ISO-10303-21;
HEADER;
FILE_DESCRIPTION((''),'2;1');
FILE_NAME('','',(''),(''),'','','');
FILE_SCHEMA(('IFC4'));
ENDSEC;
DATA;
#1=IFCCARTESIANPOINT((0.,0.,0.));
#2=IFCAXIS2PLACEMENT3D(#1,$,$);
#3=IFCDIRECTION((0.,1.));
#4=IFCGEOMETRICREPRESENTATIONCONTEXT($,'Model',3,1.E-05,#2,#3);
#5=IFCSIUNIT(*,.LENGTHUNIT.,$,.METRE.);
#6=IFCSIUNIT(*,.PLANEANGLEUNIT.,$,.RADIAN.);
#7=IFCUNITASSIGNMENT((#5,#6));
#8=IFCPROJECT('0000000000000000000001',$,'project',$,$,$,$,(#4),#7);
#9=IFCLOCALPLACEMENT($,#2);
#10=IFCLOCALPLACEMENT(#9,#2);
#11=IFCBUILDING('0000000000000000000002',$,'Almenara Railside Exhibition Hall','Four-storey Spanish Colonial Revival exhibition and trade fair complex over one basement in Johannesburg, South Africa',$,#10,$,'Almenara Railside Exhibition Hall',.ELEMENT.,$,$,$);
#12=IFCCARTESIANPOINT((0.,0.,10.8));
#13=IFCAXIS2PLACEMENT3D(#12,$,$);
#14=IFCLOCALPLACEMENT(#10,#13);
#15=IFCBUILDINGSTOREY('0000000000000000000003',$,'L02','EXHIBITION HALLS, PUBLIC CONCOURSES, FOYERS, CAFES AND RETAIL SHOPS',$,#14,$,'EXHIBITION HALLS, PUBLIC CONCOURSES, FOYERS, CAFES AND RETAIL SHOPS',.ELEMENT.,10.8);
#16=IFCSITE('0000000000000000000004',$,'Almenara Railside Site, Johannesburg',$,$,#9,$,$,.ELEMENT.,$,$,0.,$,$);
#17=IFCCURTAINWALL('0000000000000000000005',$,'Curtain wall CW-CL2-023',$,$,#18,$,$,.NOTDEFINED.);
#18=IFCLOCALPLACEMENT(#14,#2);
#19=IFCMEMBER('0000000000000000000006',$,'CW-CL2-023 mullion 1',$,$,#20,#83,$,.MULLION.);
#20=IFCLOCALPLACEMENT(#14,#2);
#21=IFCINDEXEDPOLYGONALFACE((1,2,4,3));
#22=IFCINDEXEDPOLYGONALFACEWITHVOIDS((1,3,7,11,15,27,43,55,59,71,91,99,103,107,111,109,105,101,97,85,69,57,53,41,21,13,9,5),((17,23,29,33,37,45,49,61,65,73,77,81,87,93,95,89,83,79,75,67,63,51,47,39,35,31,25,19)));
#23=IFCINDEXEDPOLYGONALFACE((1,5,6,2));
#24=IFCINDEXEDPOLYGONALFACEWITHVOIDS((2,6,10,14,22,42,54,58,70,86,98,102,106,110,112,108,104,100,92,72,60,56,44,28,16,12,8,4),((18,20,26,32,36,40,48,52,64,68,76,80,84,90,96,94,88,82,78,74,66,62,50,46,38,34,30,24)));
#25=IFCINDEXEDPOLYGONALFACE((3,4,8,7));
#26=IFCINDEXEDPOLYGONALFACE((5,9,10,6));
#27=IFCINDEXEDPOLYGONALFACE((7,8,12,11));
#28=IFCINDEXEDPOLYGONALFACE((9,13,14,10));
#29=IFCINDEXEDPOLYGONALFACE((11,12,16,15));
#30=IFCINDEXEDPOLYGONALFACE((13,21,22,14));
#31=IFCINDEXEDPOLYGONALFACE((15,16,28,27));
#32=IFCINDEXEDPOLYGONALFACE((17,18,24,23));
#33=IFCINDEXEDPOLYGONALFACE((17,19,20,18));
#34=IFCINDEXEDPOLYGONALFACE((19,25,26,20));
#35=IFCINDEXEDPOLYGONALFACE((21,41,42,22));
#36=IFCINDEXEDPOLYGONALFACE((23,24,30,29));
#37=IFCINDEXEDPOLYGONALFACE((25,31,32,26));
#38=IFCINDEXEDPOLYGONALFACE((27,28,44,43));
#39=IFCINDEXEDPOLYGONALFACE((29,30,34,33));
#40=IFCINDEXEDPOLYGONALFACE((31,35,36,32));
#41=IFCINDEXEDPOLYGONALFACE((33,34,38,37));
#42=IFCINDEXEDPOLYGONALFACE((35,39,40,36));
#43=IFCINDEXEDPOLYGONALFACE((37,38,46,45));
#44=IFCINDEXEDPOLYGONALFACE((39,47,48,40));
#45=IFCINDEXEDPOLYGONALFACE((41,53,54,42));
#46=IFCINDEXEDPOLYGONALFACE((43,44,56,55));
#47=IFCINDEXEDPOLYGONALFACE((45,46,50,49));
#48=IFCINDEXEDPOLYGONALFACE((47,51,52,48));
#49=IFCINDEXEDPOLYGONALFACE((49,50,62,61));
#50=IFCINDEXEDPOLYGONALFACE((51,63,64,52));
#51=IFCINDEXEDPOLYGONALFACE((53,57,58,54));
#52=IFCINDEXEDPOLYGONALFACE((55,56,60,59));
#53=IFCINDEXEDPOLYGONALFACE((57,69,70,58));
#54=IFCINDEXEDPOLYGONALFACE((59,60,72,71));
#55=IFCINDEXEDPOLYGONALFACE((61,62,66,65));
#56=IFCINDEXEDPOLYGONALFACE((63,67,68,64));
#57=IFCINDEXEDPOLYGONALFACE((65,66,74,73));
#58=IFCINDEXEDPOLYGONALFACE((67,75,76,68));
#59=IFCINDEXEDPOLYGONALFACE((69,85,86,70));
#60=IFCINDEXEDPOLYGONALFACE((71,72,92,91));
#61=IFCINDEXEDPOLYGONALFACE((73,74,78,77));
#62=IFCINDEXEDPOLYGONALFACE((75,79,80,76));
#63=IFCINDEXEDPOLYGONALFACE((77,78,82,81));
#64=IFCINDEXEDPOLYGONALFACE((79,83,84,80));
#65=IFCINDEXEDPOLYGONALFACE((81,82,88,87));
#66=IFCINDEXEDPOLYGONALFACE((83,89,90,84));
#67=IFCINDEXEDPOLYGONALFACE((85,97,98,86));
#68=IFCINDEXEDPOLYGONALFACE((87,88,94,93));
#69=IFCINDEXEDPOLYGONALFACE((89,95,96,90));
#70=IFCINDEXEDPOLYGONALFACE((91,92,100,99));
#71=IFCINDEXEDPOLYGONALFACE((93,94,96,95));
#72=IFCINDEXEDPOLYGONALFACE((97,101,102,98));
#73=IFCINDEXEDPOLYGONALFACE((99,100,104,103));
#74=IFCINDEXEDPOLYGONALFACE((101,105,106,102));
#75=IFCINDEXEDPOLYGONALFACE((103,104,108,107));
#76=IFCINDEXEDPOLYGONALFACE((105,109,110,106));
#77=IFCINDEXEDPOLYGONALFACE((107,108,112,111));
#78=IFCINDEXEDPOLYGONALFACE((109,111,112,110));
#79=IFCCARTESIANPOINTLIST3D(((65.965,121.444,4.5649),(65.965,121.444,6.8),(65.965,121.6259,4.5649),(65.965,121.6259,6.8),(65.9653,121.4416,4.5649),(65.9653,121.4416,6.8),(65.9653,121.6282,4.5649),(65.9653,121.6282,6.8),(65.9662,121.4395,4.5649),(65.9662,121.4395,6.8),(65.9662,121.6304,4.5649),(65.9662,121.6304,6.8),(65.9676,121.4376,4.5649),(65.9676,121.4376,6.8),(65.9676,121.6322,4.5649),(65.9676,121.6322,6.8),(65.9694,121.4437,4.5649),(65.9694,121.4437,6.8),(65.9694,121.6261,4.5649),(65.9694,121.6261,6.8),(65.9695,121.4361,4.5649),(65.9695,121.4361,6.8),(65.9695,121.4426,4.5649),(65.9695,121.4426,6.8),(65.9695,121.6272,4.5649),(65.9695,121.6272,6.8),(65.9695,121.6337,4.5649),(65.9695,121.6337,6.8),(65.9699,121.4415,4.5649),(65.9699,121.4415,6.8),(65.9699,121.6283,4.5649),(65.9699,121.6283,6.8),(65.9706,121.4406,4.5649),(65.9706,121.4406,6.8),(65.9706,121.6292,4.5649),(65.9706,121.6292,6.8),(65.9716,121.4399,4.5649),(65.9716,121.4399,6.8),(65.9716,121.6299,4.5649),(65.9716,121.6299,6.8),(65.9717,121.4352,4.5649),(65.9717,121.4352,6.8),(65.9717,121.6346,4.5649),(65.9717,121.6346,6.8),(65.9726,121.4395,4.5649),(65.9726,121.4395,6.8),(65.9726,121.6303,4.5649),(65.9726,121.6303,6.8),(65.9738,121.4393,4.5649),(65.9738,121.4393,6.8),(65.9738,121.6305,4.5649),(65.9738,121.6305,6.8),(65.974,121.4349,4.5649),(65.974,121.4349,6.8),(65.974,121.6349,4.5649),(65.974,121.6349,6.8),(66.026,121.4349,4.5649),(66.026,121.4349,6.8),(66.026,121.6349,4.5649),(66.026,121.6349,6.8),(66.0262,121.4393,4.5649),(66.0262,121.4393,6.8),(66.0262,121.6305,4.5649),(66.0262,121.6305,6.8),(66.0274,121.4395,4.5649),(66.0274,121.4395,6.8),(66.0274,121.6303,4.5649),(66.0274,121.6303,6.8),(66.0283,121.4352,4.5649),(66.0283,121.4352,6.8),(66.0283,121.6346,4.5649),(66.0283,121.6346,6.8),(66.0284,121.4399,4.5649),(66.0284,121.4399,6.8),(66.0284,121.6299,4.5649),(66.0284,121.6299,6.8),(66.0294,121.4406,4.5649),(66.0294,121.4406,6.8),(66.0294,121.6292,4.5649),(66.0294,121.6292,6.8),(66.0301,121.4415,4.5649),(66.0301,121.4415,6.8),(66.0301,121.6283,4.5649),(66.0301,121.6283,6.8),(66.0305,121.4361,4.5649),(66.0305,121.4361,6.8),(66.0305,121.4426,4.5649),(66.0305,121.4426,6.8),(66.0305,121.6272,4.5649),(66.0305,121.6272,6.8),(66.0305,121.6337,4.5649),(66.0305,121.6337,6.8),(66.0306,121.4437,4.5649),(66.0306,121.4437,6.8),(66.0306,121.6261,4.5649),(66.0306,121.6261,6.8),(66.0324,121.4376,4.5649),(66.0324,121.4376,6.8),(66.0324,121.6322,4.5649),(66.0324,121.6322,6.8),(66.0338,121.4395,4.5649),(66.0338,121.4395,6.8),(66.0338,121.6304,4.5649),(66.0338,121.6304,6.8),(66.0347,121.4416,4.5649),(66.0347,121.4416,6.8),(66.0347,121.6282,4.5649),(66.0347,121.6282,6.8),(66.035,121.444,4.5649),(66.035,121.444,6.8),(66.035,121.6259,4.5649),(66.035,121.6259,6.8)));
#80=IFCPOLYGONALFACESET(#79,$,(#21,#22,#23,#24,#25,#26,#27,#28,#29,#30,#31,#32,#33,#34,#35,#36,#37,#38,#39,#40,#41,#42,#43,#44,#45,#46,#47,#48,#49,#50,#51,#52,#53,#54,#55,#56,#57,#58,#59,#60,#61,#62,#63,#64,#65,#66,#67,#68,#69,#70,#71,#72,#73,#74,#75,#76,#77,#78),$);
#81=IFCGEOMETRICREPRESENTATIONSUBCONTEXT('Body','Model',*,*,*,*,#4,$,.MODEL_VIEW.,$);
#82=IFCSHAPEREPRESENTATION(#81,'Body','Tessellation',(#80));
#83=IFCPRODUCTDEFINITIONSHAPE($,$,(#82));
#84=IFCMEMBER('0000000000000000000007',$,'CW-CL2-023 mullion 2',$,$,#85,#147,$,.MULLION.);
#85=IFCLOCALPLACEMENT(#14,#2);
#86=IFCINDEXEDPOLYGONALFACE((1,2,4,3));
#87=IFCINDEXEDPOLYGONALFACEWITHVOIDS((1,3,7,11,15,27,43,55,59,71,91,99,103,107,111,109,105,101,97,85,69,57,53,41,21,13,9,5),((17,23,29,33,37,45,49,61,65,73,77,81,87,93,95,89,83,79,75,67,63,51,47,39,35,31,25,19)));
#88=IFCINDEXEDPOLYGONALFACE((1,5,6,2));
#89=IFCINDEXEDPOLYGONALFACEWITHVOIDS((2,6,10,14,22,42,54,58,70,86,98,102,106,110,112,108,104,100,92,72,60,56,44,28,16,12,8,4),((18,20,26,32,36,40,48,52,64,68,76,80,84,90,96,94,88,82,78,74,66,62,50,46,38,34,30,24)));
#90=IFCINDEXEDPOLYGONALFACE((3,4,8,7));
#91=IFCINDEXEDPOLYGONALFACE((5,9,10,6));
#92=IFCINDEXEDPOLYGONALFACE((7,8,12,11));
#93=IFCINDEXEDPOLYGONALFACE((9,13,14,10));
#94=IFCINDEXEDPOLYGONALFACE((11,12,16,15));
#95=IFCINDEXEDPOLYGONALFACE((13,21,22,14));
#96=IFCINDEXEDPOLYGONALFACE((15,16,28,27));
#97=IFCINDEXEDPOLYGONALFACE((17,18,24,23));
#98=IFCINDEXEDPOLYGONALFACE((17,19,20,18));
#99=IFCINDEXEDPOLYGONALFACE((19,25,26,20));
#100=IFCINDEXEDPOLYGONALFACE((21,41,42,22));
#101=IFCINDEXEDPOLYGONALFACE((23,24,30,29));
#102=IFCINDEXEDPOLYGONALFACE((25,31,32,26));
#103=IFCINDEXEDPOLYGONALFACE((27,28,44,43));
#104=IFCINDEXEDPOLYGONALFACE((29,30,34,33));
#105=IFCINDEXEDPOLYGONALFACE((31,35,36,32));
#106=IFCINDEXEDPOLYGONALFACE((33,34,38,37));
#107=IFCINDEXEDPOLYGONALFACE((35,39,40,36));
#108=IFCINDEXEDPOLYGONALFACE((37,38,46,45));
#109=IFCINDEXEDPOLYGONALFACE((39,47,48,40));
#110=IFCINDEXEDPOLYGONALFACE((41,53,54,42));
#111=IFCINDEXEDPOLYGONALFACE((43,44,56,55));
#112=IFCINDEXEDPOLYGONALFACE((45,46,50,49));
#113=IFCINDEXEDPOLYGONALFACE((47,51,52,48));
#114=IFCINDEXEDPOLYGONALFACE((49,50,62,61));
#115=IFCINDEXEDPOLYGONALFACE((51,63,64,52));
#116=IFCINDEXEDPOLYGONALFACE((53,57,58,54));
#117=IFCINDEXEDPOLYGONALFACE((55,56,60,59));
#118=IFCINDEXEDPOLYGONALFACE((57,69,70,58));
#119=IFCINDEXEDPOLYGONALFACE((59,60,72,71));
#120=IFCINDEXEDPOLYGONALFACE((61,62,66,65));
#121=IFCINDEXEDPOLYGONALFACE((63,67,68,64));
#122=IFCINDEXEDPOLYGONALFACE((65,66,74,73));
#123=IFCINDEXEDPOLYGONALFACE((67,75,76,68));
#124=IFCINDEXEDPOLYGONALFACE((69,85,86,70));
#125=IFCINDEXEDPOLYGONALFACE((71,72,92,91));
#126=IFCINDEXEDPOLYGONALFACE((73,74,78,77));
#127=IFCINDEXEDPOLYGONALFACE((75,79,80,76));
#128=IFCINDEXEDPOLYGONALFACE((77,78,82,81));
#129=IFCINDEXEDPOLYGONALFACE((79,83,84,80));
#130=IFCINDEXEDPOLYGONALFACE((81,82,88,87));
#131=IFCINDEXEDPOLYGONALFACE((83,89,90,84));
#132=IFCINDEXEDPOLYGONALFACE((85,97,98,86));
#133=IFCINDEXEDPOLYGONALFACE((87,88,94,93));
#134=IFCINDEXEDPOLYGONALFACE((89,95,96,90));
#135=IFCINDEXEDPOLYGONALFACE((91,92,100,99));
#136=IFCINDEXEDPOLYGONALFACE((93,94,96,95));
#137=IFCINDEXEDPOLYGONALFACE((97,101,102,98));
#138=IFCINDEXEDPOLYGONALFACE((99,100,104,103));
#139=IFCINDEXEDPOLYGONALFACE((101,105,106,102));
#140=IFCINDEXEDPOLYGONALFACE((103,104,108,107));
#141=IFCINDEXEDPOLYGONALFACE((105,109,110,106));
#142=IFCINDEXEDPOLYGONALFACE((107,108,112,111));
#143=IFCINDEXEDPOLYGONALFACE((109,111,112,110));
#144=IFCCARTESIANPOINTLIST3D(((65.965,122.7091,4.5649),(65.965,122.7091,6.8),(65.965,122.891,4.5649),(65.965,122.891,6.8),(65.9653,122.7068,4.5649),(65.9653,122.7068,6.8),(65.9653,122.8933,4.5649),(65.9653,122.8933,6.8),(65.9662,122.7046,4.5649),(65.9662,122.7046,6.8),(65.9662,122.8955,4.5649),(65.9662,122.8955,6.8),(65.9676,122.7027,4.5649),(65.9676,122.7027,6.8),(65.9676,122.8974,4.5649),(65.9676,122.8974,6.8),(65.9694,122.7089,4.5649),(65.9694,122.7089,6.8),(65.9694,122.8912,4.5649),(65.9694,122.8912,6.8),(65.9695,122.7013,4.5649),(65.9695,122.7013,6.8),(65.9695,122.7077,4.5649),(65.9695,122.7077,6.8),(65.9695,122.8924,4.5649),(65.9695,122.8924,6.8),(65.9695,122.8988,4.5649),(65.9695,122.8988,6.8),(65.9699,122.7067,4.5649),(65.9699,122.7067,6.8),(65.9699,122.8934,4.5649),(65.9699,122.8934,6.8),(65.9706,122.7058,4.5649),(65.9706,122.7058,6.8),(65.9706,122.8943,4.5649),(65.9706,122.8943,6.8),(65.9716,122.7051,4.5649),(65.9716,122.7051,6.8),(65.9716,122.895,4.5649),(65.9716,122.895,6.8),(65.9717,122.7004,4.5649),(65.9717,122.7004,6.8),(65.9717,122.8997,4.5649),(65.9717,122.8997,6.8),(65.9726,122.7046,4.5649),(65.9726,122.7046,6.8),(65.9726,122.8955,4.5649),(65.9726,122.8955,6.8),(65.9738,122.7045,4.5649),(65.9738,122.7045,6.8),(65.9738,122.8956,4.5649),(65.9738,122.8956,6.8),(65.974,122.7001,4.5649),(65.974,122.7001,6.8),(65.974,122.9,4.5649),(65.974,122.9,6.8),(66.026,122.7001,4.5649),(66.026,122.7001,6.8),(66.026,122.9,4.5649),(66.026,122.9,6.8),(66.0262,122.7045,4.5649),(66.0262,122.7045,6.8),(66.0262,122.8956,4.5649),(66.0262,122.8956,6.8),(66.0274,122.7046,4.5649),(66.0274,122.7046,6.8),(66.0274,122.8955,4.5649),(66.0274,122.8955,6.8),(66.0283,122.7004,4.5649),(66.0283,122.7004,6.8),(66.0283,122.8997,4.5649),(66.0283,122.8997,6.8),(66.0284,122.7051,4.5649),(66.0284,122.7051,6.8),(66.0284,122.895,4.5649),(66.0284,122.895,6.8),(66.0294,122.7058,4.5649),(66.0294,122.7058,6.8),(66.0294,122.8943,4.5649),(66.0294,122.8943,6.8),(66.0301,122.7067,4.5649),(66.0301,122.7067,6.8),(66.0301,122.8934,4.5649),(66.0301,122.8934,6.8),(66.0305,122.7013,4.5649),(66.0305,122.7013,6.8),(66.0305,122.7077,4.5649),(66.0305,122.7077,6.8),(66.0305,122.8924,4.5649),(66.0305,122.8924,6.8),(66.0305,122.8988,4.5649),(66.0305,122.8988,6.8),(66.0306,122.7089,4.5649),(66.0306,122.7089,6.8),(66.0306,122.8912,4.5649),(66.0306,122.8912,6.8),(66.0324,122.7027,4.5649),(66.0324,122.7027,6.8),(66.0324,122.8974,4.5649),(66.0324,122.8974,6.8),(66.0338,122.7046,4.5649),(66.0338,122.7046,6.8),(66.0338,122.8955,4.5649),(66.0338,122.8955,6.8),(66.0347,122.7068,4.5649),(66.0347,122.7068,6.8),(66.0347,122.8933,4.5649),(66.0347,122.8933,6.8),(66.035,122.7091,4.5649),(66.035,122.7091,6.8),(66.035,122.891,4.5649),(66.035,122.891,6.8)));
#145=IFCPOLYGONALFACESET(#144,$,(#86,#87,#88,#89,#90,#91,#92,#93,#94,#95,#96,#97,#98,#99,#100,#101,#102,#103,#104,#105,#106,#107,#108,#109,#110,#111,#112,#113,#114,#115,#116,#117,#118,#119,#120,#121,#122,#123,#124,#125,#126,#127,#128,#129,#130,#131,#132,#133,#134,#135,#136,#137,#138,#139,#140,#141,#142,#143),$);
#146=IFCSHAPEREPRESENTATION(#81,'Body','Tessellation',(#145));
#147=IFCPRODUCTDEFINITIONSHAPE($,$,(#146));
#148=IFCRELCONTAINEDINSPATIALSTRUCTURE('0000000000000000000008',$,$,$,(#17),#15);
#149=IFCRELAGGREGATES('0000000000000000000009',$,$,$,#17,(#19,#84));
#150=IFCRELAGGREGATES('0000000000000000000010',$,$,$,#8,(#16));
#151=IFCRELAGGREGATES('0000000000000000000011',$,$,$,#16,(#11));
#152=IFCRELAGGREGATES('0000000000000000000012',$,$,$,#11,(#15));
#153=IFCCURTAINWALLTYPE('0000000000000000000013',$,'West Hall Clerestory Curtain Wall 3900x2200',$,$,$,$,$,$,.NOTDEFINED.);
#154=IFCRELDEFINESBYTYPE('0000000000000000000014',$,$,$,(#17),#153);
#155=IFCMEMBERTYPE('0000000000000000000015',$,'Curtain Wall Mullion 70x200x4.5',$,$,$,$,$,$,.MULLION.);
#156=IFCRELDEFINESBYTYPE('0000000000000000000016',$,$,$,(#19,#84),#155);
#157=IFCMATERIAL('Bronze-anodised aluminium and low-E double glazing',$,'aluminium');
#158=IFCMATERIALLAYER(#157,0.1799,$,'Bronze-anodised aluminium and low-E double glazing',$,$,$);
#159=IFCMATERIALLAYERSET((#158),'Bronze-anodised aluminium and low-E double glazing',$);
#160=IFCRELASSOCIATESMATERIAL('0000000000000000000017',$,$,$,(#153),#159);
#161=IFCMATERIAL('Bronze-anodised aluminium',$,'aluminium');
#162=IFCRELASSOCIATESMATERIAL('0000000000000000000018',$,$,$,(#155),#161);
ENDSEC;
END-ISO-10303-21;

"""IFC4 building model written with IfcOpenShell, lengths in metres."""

from ifc_helpers import new_model, si_unit, direction, frame, origin, origin_2d, place, context, subcontext, project, spatial, hollow_rectangle, extrude, material, layer, layer_set, material_profile, profile_set, type_object, element, aggregate, save


model = new_model("IFC4")

# Units and contexts
model_context = context("Model", 3, precision=1e-05, world=origin(), true_north=direction((0.0, 1.0)))
body_context = subcontext(model_context, "Body", "Model", "MODEL_VIEW")
ifc_project = project(units=[si_unit("LENGTHUNIT", "METRE"), si_unit("PLANEANGLEUNIT", "RADIAN")], contexts=[model_context])

# Site, building, storey
site_placement = place(None, origin())
site = spatial("IfcSite", under=ifc_project, at=site_placement, Name="Almenara Railside Site, Johannesburg", CompositionType="ELEMENT", RefElevation=0.0)
building_placement = place(site_placement, origin())
building = spatial("IfcBuilding", under=site, at=building_placement, Name="Almenara Railside Exhibition Hall", Description="Four-storey Spanish Colonial Revival exhibition and trade fair complex over one basement in Johannesburg, South Africa", LongName="Almenara Railside Exhibition Hall", CompositionType="ELEMENT")
storey_placement = place(building_placement, frame((0.0, 0.0, 10.8)))
storey = spatial("IfcBuildingStorey", under=building, at=storey_placement, Name="L02", Description="EXHIBITION HALLS, PUBLIC CONCOURSES, FOYERS, CAFES AND RETAIL SHOPS", LongName="EXHIBITION HALLS, PUBLIC CONCOURSES, FOYERS, CAFES AND RETAIL SHOPS", CompositionType="ELEMENT", Elevation=10.8)

# Curtain wall, members
ifc_material_1 = material(Name="Bronze-anodised aluminium and low-E double glazing", Category="aluminium")
ifc_layer_1 = layer(ifc_material_1, 0.1799, Name="Bronze-anodised aluminium and low-E double glazing")
ifc_layer_set_1 = layer_set([ifc_layer_1], Name="Bronze-anodised aluminium and low-E double glazing")
curtain_wall_type = type_object("IfcCurtainWallType", Name="West Hall Clerestory Curtain Wall 3900x2200", PredefinedType="NOTDEFINED", material=ifc_layer_set_1)
ifc_material_2 = material(Name="Bronze-anodised aluminium", Category="aluminium")
curtain_wall_1_placement = place(storey_placement, origin())
curtain_wall_1 = element("IfcCurtainWall", 1, at=curtain_wall_1_placement, inside=storey, type_object=curtain_wall_type, Name="Curtain wall CW-CL2-023", PredefinedType="NOTDEFINED")
ifc_material_profile_1 = material_profile(ifc_material_2, hollow_rectangle(XDim=0.0701, YDim=0.2, WallThickness=0.0044, InnerFilletRadius=0.0044, OuterFilletRadius=0.009, at=origin_2d()), Name="ALU-MUL 70x200x4.5")
ifc_profile_set_1 = profile_set([ifc_material_profile_1], Name="Bronze-anodised aluminium")
member_type_1 = type_object("IfcMemberType", Name="Curtain Wall Mullion 70x200x4.5", PredefinedType="MULLION", material=ifc_profile_set_1)
member_1_placement = place(storey_placement, frame((66.0, 121.5349, 4.5649), z_axis=(0.0, 0.0, 1.0), x_axis=(-1.0, 0.0, 0.0)))
member_1 = element("IfcMember", 2, at=member_1_placement, type_object=member_type_1, Name="CW-CL2-023 mullion 1", PredefinedType="MULLION", context=body_context, shape_type="SweptSolid", body=[
    extrude(hollow_rectangle(XDim=0.0701, YDim=0.2, WallThickness=0.0044, InnerFilletRadius=0.0044, OuterFilletRadius=0.009, at=origin_2d()), origin(), (0.0, 0.0, 1.0), 2.2351),
])
member_2_placement = place(storey_placement, frame((66.0, 122.8, 4.5649), z_axis=(0.0, 0.0, 1.0), x_axis=(-1.0, 0.0, 0.0)))
member_2 = element("IfcMember", 3, at=member_2_placement, type_object=member_type_1, Name="CW-CL2-023 mullion 2", PredefinedType="MULLION", context=body_context, shape_type="SweptSolid", body=[
    extrude(hollow_rectangle(XDim=0.0701, YDim=0.2, WallThickness=0.0044, InnerFilletRadius=0.0044, OuterFilletRadius=0.009, at=origin_2d()), origin(), (0.0, 0.0, 1.0), 2.2351),
])

aggregate(curtain_wall_1, [member_1, member_2])

save(model, "model.ifc")
